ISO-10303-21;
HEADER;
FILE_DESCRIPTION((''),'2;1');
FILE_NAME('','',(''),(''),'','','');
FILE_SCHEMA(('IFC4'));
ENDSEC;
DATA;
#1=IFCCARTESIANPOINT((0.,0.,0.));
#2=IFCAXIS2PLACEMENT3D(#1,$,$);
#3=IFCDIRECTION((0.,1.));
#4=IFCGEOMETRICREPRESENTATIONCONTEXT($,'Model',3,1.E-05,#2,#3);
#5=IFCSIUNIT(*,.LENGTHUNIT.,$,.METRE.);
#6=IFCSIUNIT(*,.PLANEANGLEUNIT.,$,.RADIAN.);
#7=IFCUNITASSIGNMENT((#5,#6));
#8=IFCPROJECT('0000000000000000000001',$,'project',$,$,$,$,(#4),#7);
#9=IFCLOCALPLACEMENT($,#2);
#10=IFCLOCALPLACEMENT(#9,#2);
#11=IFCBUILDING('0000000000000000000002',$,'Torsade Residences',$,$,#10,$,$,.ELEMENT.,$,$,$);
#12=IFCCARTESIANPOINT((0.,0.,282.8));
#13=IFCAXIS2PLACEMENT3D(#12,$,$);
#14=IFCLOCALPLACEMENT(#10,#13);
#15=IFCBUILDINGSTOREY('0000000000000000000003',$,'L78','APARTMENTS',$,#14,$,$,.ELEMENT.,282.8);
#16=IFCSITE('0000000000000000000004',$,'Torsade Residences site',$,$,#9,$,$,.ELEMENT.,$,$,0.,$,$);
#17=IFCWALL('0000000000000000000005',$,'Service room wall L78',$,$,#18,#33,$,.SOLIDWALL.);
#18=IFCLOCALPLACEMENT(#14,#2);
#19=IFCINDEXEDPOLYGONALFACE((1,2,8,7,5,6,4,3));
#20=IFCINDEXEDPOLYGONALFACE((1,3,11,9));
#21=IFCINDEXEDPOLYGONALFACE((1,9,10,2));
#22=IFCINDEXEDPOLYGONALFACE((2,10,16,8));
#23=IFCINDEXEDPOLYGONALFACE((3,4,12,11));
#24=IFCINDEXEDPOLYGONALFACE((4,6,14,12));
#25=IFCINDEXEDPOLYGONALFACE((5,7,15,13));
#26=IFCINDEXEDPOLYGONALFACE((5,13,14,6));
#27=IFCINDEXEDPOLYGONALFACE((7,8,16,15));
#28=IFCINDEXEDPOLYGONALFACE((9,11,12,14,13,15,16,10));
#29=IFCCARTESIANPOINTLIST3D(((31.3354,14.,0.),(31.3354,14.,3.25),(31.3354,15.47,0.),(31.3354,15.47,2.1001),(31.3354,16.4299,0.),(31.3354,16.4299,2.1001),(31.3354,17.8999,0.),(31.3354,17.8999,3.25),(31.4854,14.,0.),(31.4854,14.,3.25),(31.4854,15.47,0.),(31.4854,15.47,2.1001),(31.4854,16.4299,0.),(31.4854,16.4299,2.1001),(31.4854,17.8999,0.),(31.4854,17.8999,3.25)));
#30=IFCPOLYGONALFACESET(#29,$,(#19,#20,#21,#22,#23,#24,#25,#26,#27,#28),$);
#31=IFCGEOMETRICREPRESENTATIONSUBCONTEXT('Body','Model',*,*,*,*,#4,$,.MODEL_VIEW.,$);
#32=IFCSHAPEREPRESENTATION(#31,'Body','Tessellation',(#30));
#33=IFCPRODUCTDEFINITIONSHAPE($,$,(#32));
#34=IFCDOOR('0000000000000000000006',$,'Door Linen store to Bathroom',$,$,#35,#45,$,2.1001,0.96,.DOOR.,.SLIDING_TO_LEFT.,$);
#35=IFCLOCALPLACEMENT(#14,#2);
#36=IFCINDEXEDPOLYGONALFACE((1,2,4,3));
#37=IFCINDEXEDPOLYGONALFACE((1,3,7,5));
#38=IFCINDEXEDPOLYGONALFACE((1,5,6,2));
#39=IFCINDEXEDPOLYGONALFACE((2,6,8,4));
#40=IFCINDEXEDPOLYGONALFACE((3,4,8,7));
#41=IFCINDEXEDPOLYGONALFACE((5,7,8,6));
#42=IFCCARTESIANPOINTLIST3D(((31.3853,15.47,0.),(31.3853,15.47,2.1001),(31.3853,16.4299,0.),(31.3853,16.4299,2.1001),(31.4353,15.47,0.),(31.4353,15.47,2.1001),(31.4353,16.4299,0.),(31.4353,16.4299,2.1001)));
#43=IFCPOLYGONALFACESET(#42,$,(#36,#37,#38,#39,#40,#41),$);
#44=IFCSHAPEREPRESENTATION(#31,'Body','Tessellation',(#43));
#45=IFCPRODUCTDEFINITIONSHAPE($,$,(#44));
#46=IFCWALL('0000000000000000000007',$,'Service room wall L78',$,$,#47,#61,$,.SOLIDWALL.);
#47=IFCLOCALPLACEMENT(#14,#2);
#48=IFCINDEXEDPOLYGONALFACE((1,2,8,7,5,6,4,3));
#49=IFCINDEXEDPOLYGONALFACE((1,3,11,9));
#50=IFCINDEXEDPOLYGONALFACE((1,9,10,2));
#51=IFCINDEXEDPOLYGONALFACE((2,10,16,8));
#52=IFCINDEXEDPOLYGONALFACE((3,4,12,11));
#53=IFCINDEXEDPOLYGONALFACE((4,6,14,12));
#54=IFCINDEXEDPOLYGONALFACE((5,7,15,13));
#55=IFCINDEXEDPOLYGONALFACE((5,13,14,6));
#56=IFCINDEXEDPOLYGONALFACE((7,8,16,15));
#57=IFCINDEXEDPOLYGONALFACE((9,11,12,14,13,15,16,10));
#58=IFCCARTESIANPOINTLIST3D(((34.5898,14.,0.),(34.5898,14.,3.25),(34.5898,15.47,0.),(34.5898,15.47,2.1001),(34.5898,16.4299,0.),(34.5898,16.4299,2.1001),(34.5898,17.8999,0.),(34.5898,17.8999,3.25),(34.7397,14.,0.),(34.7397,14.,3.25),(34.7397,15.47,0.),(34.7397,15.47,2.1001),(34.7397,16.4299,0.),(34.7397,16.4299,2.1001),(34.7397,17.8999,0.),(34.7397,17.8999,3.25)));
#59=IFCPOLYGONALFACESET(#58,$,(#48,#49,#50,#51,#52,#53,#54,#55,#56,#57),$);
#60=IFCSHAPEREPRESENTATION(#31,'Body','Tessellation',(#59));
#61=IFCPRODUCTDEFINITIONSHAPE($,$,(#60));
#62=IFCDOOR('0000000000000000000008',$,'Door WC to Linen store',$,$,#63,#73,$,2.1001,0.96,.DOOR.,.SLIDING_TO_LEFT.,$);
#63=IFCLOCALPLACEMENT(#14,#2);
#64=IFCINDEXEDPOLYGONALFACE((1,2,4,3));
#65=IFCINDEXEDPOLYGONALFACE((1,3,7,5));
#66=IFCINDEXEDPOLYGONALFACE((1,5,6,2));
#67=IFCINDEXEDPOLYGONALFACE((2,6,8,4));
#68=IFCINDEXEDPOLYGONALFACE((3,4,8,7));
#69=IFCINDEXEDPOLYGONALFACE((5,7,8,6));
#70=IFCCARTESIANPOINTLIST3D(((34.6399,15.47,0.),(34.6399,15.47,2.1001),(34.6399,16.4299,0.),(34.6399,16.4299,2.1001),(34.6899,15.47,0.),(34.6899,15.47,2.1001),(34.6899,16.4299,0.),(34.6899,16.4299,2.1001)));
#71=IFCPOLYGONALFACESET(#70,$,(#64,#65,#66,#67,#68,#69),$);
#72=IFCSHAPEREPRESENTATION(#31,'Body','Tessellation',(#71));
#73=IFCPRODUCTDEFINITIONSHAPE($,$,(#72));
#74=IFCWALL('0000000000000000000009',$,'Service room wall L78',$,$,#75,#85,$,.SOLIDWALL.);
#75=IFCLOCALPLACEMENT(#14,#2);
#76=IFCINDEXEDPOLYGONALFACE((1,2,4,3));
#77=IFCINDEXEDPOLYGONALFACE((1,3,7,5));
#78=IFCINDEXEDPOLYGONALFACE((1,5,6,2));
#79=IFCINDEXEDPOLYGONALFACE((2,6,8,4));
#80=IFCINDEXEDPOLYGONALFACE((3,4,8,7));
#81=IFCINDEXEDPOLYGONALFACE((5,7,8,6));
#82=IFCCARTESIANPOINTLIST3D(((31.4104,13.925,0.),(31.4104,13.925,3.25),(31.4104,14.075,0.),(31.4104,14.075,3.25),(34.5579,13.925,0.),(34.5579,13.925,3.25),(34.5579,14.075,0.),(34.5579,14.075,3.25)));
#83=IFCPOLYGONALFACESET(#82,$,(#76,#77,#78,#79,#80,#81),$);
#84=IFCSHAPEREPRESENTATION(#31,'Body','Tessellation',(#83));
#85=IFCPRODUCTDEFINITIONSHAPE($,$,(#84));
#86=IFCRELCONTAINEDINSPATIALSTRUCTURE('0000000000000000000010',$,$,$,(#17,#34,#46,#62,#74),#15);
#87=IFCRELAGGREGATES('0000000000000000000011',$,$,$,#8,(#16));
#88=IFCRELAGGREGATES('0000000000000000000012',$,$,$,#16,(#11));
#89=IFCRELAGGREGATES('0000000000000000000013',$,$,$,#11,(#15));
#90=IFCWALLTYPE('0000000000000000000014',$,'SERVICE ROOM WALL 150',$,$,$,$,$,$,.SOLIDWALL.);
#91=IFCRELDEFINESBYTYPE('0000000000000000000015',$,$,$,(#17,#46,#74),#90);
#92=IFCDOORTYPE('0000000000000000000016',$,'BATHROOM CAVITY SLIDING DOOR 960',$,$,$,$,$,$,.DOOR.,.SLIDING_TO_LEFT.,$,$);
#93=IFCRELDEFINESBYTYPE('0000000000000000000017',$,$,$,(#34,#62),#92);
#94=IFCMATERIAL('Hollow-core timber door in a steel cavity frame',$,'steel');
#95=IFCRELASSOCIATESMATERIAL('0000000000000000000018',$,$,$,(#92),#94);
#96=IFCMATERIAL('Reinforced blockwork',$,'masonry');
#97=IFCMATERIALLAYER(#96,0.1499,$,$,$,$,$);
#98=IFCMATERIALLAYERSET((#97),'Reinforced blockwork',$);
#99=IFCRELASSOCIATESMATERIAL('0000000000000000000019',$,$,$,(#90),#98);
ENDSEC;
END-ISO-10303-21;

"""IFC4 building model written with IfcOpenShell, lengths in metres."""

from ifc_helpers import new_model, si_unit, direction, frame, frame_2d, origin, place, context, subcontext, project, spatial, rectangle, extrude, material, layer, layer_set, type_object, element, fill, save


model = new_model("IFC4")

# Units and contexts
model_context = context("Model", 3, precision=1e-05, world=origin(), true_north=direction((0.0, 1.0)))
body_context = subcontext(model_context, "Body", "Model", "MODEL_VIEW")
ifc_project = project(units=[si_unit("LENGTHUNIT", "METRE"), si_unit("PLANEANGLEUNIT", "RADIAN")], contexts=[model_context])

# Site, building, storey
site_placement = place(None, origin())
site = spatial("IfcSite", under=ifc_project, at=site_placement, Name="Torsade Residences site", CompositionType="ELEMENT", RefElevation=0.0)
building_placement = place(site_placement, origin())
building = spatial("IfcBuilding", under=site, at=building_placement, Name="Torsade Residences", CompositionType="ELEMENT")
storey_placement = place(building_placement, frame((0.0, 0.0, 282.8)))
storey = spatial("IfcBuildingStorey", under=building, at=storey_placement, Name="L78", Description="APARTMENTS", CompositionType="ELEMENT", Elevation=282.8)

# Shared definitions
ifc_material_1 = material(Name="Hollow-core timber door in a steel cavity frame", Category="steel")
door_type_1 = type_object("IfcDoorType", Name="BATHROOM CAVITY SLIDING DOOR 960", OperationType="SLIDING_TO_LEFT", PredefinedType="DOOR", material=ifc_material_1)

# Shared definitions
ifc_material_2 = material(Name="Reinforced blockwork", Category="masonry")
ifc_layer_1 = layer(ifc_material_2, 0.1499)
ifc_layer_set_1 = layer_set([ifc_layer_1], Name="Reinforced blockwork")
wall_type_1 = type_object("IfcWallType", Name="SERVICE ROOM WALL 150", PredefinedType="SOLIDWALL", material=ifc_layer_set_1)

# Walls, openings, doors
wall_1_placement = place(storey_placement, frame((31.4104, 17.8999, 0.0), z_axis=(0.0, 0.0, 1.0), x_axis=(0.0, -1.0, 0.0)))
wall_1 = element("IfcWall", 1, at=wall_1_placement, inside=storey, type_object=wall_type_1, Name="Service room wall L78", PredefinedType="SOLIDWALL", context=body_context, shape_type="SweptSolid", body=[
    extrude(rectangle(XDim=3.8999, YDim=0.1499, at=frame_2d((1.95, 0.0))), origin(), (0.0, 0.0, 1.0), 3.25),
])
opening_1_placement = place(wall_1_placement, frame((1.47, 0.0, 0.0)))
opening_1 = element("IfcOpeningElement", 2, at=opening_1_placement, cuts=wall_1, PredefinedType="OPENING", context=body_context, shape_type="SweptSolid", body=[
    extrude(rectangle(XDim=0.96, YDim=2.1001, at=frame_2d((0.48, 1.05))), frame((0.0, 0.085, 0.0), z_axis=(0.0, -1.0, 0.0), x_axis=(1.0, 0.0, 0.0)), (0.0, 0.0, 1.0), 0.1699),
])
door_1_placement = place(opening_1_placement, origin())
door_1 = element("IfcDoor", 3, at=door_1_placement, inside=storey, type_object=door_type_1, Name="Door Linen store to Bathroom", OperationType="SLIDING_TO_LEFT", OverallHeight=2.1001, OverallWidth=0.96, PredefinedType="DOOR", context=body_context, shape_type="SweptSolid", body=[
    extrude(rectangle(XDim=0.96, YDim=2.1001, at=frame_2d((0.48, 1.05))), frame((0.0, 0.0249, 0.0), z_axis=(0.0, -1.0, 0.0), x_axis=(1.0, 0.0, 0.0)), (0.0, 0.0, 1.0), 0.05),
])
fill(opening_1, door_1)
wall_2_placement = place(storey_placement, frame((34.6648, 14.0, 0.0), z_axis=(0.0, 0.0, 1.0), x_axis=(0.0, 1.0, 0.0)))
wall_2 = element("IfcWall", 4, at=wall_2_placement, inside=storey, type_object=wall_type_1, Name="Service room wall L78", PredefinedType="SOLIDWALL", context=body_context, shape_type="SweptSolid", body=[
    extrude(rectangle(XDim=3.8999, YDim=0.1499, at=frame_2d((1.95, 0.0))), origin(), (0.0, 0.0, 1.0), 3.25),
])
opening_2_placement = place(wall_2_placement, frame((1.47, 0.0, 0.0)))
opening_2 = element("IfcOpeningElement", 5, at=opening_2_placement, cuts=wall_2, PredefinedType="OPENING", context=body_context, shape_type="SweptSolid", body=[
    extrude(rectangle(XDim=0.96, YDim=2.1001, at=frame_2d((0.48, 1.05))), frame((0.0, 0.085, 0.0), z_axis=(0.0, -1.0, 0.0), x_axis=(1.0, 0.0, 0.0)), (0.0, 0.0, 1.0), 0.1699),
])
door_2_placement = place(opening_2_placement, origin())
door_2 = element("IfcDoor", 6, at=door_2_placement, inside=storey, type_object=door_type_1, Name="Door WC to Linen store", OperationType="SLIDING_TO_LEFT", OverallHeight=2.1001, OverallWidth=0.96, PredefinedType="DOOR", context=body_context, shape_type="SweptSolid", body=[
    extrude(rectangle(XDim=0.96, YDim=2.1001, at=frame_2d((0.48, 1.05))), frame((0.0, 0.0249, 0.0), z_axis=(0.0, -1.0, 0.0), x_axis=(1.0, 0.0, 0.0)), (0.0, 0.0, 1.0), 0.05),
])
fill(opening_2, door_2)

# Wall
wall_3_placement = place(storey_placement, frame((34.5579, 14.0, 0.0), z_axis=(0.0, 0.0, 1.0), x_axis=(-1.0, 0.0, 0.0)))
element("IfcWall", 7, at=wall_3_placement, inside=storey, type_object=wall_type_1, Name="Service room wall L78", PredefinedType="SOLIDWALL", context=body_context, shape_type="SweptSolid", body=[
    extrude(rectangle(XDim=3.1475, YDim=0.1499, at=frame_2d((1.5737, 0.0))), origin(), (0.0, 0.0, 1.0), 3.25),
])

save(model, "model.ifc")
